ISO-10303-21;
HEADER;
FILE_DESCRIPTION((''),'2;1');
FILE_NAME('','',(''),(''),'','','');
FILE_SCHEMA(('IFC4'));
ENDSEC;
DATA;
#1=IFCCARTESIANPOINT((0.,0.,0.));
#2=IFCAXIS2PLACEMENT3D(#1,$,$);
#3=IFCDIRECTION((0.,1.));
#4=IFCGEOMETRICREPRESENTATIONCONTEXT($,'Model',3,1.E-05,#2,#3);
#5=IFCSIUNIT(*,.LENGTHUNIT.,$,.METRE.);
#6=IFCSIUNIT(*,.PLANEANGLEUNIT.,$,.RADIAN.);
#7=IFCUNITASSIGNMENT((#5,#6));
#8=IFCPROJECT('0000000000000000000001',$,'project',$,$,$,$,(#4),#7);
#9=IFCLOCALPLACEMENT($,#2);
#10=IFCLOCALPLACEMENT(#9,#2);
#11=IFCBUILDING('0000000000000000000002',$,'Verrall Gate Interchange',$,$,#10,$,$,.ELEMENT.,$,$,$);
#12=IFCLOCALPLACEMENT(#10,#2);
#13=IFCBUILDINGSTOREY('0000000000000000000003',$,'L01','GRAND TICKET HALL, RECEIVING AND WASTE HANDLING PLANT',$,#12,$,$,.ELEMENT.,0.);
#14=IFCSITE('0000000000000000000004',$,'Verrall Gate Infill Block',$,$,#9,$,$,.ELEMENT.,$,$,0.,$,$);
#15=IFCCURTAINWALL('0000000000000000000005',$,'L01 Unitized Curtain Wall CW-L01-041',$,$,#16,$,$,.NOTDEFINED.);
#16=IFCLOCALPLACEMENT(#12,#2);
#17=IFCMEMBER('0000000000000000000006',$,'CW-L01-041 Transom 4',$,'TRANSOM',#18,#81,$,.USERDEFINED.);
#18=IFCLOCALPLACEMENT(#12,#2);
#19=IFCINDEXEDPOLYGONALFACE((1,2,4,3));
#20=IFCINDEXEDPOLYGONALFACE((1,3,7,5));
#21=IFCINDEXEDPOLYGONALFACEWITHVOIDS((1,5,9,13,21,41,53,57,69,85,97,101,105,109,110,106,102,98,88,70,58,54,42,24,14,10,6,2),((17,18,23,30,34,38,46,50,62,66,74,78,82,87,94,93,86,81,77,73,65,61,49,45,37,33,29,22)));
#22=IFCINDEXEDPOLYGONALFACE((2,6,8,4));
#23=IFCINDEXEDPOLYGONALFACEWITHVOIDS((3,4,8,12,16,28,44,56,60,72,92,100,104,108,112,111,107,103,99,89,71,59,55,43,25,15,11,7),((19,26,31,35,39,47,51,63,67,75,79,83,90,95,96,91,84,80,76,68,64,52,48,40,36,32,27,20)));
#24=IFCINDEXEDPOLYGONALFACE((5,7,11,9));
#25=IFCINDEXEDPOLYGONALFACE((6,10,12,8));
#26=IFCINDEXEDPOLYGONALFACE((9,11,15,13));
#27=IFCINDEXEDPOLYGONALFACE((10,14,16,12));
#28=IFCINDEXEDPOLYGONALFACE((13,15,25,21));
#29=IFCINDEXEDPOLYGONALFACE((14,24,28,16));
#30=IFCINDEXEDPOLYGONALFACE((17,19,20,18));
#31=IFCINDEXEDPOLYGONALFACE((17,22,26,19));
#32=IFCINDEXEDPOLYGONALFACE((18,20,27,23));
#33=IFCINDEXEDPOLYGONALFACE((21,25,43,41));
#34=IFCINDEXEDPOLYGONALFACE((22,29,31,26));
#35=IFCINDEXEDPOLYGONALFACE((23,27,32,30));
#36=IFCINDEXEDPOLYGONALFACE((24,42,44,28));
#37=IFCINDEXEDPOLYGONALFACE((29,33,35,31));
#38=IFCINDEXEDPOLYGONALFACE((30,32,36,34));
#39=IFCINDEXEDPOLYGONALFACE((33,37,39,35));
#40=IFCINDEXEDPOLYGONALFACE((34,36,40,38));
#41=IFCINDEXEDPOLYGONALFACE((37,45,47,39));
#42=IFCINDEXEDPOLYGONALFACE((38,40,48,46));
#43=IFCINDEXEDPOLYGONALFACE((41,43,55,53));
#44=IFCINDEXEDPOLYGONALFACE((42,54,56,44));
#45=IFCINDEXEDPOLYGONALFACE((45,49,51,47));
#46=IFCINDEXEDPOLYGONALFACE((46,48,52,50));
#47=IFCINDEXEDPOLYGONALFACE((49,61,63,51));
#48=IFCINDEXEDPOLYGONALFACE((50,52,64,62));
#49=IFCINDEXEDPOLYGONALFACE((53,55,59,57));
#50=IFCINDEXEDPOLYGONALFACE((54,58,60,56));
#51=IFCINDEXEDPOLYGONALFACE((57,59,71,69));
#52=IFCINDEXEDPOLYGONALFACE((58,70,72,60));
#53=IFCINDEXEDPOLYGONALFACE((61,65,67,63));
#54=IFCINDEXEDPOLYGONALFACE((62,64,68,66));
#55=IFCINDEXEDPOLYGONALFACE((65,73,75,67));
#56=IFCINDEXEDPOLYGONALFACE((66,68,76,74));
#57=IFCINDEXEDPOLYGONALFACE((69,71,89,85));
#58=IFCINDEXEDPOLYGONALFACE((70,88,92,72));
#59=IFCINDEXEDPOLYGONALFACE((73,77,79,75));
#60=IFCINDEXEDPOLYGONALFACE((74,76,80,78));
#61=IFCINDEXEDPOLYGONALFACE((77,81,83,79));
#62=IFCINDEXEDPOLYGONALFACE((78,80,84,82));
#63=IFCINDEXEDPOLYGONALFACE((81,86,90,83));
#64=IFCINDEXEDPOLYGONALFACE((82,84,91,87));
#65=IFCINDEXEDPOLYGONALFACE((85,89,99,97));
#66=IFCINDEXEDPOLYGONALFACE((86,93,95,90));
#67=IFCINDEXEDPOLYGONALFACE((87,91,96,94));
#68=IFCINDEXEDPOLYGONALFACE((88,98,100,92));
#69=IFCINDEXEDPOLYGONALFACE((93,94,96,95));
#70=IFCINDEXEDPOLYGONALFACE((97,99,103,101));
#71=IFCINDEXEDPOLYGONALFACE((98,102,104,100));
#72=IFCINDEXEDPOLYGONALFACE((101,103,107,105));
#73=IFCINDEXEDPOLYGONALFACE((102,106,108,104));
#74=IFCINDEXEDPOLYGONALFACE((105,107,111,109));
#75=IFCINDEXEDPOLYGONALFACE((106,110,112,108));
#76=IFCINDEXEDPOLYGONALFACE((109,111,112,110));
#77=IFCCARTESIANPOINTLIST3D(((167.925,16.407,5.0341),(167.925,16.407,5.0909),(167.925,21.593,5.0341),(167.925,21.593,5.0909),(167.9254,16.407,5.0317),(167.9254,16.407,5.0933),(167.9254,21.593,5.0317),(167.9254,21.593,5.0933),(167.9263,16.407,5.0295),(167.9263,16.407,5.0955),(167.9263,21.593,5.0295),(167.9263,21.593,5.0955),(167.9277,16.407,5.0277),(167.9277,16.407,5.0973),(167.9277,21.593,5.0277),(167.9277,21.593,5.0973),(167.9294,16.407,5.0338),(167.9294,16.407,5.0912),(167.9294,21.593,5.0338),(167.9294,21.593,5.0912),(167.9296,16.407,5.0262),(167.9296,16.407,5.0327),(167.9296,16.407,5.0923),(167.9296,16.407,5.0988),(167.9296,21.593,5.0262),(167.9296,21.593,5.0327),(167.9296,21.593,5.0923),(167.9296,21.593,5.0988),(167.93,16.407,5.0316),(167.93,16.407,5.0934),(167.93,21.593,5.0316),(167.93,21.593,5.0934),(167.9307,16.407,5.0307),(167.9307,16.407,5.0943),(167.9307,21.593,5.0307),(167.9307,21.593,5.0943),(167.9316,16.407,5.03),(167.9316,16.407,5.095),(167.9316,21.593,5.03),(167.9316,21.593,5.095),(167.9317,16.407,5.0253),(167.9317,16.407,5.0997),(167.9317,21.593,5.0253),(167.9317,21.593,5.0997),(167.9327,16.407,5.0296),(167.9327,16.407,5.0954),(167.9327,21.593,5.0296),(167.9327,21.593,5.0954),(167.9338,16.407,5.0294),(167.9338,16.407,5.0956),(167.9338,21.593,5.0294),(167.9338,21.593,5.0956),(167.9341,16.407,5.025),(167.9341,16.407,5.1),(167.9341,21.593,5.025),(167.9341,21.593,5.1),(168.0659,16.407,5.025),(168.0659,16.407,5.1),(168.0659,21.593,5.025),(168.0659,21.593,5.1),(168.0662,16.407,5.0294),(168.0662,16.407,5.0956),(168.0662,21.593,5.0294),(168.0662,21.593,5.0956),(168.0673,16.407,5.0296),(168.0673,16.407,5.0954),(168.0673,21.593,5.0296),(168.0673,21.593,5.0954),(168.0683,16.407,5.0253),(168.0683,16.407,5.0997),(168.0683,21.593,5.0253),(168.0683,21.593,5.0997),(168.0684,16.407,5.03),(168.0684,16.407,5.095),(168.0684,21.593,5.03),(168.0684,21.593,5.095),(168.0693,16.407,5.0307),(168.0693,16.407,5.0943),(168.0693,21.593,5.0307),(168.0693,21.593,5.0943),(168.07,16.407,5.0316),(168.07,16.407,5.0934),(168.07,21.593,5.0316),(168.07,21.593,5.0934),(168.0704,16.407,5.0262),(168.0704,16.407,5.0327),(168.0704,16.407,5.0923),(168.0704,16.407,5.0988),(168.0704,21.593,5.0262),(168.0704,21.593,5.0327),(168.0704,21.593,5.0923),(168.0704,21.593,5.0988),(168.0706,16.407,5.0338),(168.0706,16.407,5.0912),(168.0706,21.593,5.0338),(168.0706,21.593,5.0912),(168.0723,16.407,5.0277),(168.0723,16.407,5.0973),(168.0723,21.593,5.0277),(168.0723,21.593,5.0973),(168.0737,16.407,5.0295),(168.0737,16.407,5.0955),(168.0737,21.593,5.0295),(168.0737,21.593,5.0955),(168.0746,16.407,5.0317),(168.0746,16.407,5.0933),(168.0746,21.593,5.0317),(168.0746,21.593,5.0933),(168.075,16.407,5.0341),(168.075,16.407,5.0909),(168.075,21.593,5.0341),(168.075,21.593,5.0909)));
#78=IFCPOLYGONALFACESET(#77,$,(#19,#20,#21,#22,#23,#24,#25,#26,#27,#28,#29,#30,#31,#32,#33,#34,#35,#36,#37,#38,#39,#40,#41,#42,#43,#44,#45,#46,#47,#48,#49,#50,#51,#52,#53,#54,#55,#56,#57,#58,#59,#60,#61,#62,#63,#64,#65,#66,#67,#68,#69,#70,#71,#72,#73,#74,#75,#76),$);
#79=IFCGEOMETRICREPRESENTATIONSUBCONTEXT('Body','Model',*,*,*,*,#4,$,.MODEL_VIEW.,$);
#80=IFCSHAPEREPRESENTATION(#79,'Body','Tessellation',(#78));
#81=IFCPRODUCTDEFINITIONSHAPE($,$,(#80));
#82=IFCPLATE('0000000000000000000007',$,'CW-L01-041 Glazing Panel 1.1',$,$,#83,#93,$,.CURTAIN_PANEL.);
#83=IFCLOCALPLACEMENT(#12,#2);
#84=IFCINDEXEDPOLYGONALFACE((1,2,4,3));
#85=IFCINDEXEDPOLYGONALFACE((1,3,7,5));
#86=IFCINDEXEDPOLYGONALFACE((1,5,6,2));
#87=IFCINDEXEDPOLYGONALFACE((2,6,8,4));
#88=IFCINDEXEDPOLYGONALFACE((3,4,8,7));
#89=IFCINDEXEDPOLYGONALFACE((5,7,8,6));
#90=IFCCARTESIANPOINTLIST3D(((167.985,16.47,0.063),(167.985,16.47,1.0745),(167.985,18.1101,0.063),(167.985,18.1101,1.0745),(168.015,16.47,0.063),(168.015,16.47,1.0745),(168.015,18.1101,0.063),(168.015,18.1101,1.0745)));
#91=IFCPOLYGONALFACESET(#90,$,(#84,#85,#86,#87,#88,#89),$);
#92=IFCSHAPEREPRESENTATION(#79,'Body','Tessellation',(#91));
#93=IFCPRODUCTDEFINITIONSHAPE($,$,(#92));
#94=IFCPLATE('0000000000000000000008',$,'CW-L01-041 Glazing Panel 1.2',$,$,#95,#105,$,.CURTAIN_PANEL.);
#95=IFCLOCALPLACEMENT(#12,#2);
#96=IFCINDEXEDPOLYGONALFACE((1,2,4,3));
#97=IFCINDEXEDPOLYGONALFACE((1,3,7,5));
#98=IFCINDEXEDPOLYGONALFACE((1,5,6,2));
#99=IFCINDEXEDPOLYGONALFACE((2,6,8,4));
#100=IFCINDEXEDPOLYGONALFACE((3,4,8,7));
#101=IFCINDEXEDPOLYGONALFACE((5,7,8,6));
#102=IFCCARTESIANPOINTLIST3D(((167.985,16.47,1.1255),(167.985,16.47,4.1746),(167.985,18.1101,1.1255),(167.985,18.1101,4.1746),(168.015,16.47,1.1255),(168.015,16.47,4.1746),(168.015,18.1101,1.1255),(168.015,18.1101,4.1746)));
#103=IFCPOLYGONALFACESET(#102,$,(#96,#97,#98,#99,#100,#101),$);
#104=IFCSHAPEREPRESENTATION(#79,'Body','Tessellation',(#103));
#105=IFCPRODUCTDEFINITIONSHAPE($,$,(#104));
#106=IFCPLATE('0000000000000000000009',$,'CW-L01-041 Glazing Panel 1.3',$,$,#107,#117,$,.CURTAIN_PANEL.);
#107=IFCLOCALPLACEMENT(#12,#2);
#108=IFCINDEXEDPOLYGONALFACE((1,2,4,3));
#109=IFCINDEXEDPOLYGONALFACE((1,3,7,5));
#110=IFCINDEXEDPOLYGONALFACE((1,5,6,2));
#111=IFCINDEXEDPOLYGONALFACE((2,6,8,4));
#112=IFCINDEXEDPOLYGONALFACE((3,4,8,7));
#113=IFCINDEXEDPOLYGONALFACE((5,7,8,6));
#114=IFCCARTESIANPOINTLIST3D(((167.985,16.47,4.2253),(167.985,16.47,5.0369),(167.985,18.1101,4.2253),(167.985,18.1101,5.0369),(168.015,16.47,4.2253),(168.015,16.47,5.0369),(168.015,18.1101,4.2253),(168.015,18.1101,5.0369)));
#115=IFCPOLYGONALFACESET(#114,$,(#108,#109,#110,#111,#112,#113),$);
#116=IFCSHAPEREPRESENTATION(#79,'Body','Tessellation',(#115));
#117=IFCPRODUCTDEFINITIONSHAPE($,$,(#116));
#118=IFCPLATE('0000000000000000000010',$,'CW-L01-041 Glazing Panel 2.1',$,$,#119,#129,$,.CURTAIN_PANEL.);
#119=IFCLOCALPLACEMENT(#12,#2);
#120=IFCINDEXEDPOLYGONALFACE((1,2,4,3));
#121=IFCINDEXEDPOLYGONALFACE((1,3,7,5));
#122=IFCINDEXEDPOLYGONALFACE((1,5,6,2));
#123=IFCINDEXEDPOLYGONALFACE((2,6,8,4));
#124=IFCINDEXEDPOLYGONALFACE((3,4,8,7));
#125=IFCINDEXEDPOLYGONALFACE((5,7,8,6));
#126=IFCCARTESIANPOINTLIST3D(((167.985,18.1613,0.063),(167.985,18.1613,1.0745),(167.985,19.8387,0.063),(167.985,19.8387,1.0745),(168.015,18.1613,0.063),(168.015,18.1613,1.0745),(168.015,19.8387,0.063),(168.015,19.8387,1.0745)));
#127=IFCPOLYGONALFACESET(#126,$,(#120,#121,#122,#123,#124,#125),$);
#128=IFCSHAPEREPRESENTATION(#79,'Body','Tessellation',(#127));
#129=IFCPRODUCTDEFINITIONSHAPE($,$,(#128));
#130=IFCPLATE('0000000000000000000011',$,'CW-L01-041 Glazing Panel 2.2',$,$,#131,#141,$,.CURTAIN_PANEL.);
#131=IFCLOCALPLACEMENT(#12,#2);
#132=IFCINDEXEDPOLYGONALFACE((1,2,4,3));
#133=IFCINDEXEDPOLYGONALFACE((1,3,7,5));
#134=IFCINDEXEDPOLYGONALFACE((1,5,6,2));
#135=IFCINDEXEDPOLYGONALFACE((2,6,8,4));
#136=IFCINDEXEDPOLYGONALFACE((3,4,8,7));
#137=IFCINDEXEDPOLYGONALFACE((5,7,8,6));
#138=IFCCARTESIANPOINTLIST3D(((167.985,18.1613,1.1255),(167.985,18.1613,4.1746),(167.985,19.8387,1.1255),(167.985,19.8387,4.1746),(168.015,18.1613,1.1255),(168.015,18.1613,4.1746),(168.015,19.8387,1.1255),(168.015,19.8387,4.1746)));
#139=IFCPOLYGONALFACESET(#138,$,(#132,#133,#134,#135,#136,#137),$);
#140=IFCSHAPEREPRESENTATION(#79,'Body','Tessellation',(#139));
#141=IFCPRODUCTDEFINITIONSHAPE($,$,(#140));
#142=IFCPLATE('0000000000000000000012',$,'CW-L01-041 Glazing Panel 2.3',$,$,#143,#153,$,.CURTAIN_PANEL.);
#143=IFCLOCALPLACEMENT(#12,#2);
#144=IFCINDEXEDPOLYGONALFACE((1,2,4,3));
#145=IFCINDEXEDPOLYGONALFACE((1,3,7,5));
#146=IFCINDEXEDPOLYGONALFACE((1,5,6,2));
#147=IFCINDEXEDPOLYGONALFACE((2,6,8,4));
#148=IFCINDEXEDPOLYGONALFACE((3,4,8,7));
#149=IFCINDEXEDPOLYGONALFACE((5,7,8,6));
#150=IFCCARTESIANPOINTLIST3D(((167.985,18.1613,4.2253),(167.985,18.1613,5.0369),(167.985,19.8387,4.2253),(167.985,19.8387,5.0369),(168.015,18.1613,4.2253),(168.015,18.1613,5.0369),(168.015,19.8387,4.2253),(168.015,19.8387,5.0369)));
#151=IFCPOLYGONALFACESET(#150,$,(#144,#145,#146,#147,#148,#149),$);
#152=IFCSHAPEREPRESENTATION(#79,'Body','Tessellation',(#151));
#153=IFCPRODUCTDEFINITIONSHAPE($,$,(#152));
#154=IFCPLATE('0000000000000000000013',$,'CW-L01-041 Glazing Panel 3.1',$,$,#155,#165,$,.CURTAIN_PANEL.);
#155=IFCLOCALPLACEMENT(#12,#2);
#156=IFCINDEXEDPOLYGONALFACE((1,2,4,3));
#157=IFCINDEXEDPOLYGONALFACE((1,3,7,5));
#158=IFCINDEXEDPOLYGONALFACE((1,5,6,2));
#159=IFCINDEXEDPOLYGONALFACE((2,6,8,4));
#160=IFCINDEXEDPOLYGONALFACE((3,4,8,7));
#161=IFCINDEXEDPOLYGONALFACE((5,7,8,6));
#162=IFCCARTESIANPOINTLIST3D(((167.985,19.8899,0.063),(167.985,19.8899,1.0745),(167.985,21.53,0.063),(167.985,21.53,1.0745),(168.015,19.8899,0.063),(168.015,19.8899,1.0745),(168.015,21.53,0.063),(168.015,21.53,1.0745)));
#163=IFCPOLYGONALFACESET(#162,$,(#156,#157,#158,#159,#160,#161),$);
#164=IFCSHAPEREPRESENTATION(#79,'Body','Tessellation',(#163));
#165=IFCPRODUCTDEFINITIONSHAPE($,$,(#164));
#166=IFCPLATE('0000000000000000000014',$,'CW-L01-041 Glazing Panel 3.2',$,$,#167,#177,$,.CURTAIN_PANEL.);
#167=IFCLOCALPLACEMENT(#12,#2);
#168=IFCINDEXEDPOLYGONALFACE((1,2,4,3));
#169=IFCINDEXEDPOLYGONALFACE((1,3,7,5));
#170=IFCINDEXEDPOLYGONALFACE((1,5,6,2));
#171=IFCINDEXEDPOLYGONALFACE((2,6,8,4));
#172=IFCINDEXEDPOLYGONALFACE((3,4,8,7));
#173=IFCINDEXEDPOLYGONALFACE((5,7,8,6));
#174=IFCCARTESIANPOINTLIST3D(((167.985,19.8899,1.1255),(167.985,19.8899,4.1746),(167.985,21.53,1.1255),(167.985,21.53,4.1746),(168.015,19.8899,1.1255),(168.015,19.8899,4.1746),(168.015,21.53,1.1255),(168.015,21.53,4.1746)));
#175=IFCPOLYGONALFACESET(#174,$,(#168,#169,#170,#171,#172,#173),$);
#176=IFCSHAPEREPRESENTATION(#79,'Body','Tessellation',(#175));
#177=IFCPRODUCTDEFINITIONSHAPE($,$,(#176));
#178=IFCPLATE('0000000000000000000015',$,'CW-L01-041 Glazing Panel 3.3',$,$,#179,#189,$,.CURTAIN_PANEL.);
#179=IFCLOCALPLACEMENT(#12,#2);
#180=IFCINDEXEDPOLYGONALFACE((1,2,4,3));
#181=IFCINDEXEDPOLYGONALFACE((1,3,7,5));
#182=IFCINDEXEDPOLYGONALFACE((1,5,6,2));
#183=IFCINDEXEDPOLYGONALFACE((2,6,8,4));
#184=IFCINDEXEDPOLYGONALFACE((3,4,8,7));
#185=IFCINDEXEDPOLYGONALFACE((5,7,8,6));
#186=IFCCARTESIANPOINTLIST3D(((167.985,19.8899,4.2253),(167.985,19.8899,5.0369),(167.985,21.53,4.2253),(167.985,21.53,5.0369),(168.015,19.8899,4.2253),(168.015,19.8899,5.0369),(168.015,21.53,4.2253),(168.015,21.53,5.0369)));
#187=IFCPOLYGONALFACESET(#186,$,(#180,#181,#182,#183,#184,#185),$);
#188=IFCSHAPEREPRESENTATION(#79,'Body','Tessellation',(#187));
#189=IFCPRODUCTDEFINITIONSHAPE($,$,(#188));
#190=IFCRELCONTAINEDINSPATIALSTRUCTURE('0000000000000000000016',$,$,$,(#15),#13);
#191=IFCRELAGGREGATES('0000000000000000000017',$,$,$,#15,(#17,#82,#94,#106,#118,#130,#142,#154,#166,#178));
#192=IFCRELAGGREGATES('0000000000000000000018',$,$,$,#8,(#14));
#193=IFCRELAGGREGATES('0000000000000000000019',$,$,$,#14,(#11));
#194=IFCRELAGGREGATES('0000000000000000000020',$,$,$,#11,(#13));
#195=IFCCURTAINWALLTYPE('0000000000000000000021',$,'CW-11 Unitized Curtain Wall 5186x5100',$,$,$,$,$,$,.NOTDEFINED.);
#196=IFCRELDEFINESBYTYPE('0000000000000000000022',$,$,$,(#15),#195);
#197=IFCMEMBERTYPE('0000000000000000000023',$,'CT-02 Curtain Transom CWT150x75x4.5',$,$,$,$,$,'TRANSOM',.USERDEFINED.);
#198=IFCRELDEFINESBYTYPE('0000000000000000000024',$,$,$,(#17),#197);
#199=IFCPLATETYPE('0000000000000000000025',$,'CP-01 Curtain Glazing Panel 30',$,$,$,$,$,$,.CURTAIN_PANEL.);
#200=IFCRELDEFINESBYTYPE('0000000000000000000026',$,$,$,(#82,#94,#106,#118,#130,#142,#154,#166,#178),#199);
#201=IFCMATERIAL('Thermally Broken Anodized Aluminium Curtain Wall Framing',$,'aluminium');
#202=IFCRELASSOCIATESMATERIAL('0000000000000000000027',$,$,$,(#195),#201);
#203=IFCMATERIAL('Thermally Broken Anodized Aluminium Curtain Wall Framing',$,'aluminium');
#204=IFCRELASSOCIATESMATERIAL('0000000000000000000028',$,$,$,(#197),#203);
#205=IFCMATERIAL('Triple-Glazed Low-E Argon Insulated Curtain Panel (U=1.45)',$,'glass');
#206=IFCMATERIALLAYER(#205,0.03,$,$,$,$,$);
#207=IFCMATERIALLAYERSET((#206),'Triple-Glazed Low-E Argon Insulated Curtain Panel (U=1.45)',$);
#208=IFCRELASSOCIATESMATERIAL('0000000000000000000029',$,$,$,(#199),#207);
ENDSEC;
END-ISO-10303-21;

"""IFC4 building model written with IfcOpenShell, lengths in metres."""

from ifc_helpers import new_model, si_unit, direction, frame, origin, origin_2d, place, context, subcontext, project, spatial, rectangle, hollow_rectangle, extrude, material, layer, layer_set, material_profile, profile_set, type_object, element, aggregate, save


model = new_model("IFC4")

# Units and contexts
model_context = context("Model", 3, precision=1e-05, world=origin(), true_north=direction((0.0, 1.0)))
body_context = subcontext(model_context, "Body", "Model", "MODEL_VIEW")
ifc_project = project(units=[si_unit("LENGTHUNIT", "METRE"), si_unit("PLANEANGLEUNIT", "RADIAN")], contexts=[model_context])

# Site, building, storey
site_placement = place(None, origin())
site = spatial("IfcSite", under=ifc_project, at=site_placement, Name="Verrall Gate Infill Block", CompositionType="ELEMENT", RefElevation=0.0)
building_placement = place(site_placement, origin())
building = spatial("IfcBuilding", under=site, at=building_placement, Name="Verrall Gate Interchange", CompositionType="ELEMENT")
storey_placement = place(building_placement, origin())
storey = spatial("IfcBuildingStorey", under=building, at=storey_placement, Name="L01", Description="GRAND TICKET HALL, RECEIVING AND WASTE HANDLING PLANT", CompositionType="ELEMENT", Elevation=0.0)

# Curtain wall, member, plates
ifc_material_1 = material(Name="Thermally Broken Anodized Aluminium Curtain Wall Framing", Category="aluminium")
curtain_wall_type = type_object("IfcCurtainWallType", Name="CW-11 Unitized Curtain Wall 5186x5100", PredefinedType="NOTDEFINED", material=ifc_material_1)
curtain_wall_placement = place(storey_placement, origin())
curtain_wall = element("IfcCurtainWall", 1, at=curtain_wall_placement, inside=storey, type_object=curtain_wall_type, Name="L01 Unitized Curtain Wall CW-L01-041", PredefinedType="NOTDEFINED")
ifc_material_2 = material(Name="Thermally Broken Anodized Aluminium Curtain Wall Framing", Category="aluminium")
ifc_material_profile_1 = material_profile(ifc_material_2, hollow_rectangle(XDim=0.1499, YDim=0.075, WallThickness=0.0044, InnerFilletRadius=0.0044, OuterFilletRadius=0.009, at=origin_2d()), Name="CWT150x75x4.5")
ifc_profile_set_1 = profile_set([ifc_material_profile_1], Name="Thermally Broken Anodized Aluminium Curtain Wall Framing")
member_type_1 = type_object("IfcMemberType", Name="CT-02 Curtain Transom CWT150x75x4.5", ElementType="TRANSOM", PredefinedType="USERDEFINED", material=ifc_profile_set_1)
member_1_placement = place(storey_placement, frame((168.0, 16.407, 5.0625), z_axis=(0.0, 1.0, 0.0), x_axis=(-1.0, 0.0, 0.0)))
member_1 = element("IfcMember", 2, at=member_1_placement, type_object=member_type_1, Name="CW-L01-041 Transom 4", ObjectType="TRANSOM", PredefinedType="USERDEFINED", context=body_context, shape_type="SweptSolid", body=[
    extrude(hollow_rectangle(XDim=0.1499, YDim=0.075, WallThickness=0.0044, InnerFilletRadius=0.0044, OuterFilletRadius=0.009, at=origin_2d()), origin(), (0.0, 0.0, 1.0), 5.186),
])
ifc_material_3 = material(Name="Triple-Glazed Low-E Argon Insulated Curtain Panel (U=1.45)", Category="glass")
ifc_layer_1 = layer(ifc_material_3, 0.03)
ifc_layer_set_1 = layer_set([ifc_layer_1], Name="Triple-Glazed Low-E Argon Insulated Curtain Panel (U=1.45)")
plate_type = type_object("IfcPlateType", Name="CP-01 Curtain Glazing Panel 30", PredefinedType="CURTAIN_PANEL", material=ifc_layer_set_1)
plate_1_placement = place(storey_placement, frame((168.0, 17.29, 0.063), z_axis=(0.0, 0.0, 1.0), x_axis=(0.0, 1.0, 0.0)))
plate_1 = element("IfcPlate", 3, at=plate_1_placement, type_object=plate_type, Name="CW-L01-041 Glazing Panel 1.1", PredefinedType="CURTAIN_PANEL", context=body_context, shape_type="SweptSolid", body=[
    extrude(rectangle(XDim=1.6401, YDim=0.03, at=origin_2d()), origin(), (0.0, 0.0, 1.0), 1.0115),
])
plate_2_placement = place(storey_placement, frame((168.0, 17.29, 1.1255), z_axis=(0.0, 0.0, 1.0), x_axis=(0.0, 1.0, 0.0)))
plate_2 = element("IfcPlate", 4, at=plate_2_placement, type_object=plate_type, Name="CW-L01-041 Glazing Panel 1.2", PredefinedType="CURTAIN_PANEL", context=body_context, shape_type="SweptSolid", body=[
    extrude(rectangle(XDim=1.6401, YDim=0.03, at=origin_2d()), origin(), (0.0, 0.0, 1.0), 3.0491),
])
plate_3_placement = place(storey_placement, frame((168.0, 17.29, 4.2253), z_axis=(0.0, 0.0, 1.0), x_axis=(0.0, 1.0, 0.0)))
plate_3 = element("IfcPlate", 5, at=plate_3_placement, type_object=plate_type, Name="CW-L01-041 Glazing Panel 1.3", PredefinedType="CURTAIN_PANEL", context=body_context, shape_type="SweptSolid", body=[
    extrude(rectangle(XDim=1.6401, YDim=0.03, at=origin_2d()), origin(), (0.0, 0.0, 1.0), 0.8115),
])
plate_4_placement = place(storey_placement, frame((168.0, 19.0, 0.063), z_axis=(0.0, 0.0, 1.0), x_axis=(0.0, 1.0, 0.0)))
plate_4 = element("IfcPlate", 6, at=plate_4_placement, type_object=plate_type, Name="CW-L01-041 Glazing Panel 2.1", PredefinedType="CURTAIN_PANEL", context=body_context, shape_type="SweptSolid", body=[
    extrude(rectangle(XDim=1.6775, YDim=0.03, at=origin_2d()), origin(), (0.0, 0.0, 1.0), 1.0115),
])
plate_5_placement = place(storey_placement, frame((168.0, 19.0, 1.1255), z_axis=(0.0, 0.0, 1.0), x_axis=(0.0, 1.0, 0.0)))
plate_5 = element("IfcPlate", 7, at=plate_5_placement, type_object=plate_type, Name="CW-L01-041 Glazing Panel 2.2", PredefinedType="CURTAIN_PANEL", context=body_context, shape_type="SweptSolid", body=[
    extrude(rectangle(XDim=1.6775, YDim=0.03, at=origin_2d()), origin(), (0.0, 0.0, 1.0), 3.0491),
])
plate_6_placement = place(storey_placement, frame((168.0, 19.0, 4.2253), z_axis=(0.0, 0.0, 1.0), x_axis=(0.0, 1.0, 0.0)))
plate_6 = element("IfcPlate", 8, at=plate_6_placement, type_object=plate_type, Name="CW-L01-041 Glazing Panel 2.3", PredefinedType="CURTAIN_PANEL", context=body_context, shape_type="SweptSolid", body=[
    extrude(rectangle(XDim=1.6775, YDim=0.03, at=origin_2d()), origin(), (0.0, 0.0, 1.0), 0.8115),
])
plate_7_placement = place(storey_placement, frame((168.0, 20.71, 0.063), z_axis=(0.0, 0.0, 1.0), x_axis=(0.0, 1.0, 0.0)))
plate_7 = element("IfcPlate", 9, at=plate_7_placement, type_object=plate_type, Name="CW-L01-041 Glazing Panel 3.1", PredefinedType="CURTAIN_PANEL", context=body_context, shape_type="SweptSolid", body=[
    extrude(rectangle(XDim=1.6401, YDim=0.03, at=origin_2d()), origin(), (0.0, 0.0, 1.0), 1.0115),
])
plate_8_placement = place(storey_placement, frame((168.0, 20.71, 1.1255), z_axis=(0.0, 0.0, 1.0), x_axis=(0.0, 1.0, 0.0)))
plate_8 = element("IfcPlate", 10, at=plate_8_placement, type_object=plate_type, Name="CW-L01-041 Glazing Panel 3.2", PredefinedType="CURTAIN_PANEL", context=body_context, shape_type="SweptSolid", body=[
    extrude(rectangle(XDim=1.6401, YDim=0.03, at=origin_2d()), origin(), (0.0, 0.0, 1.0), 3.0491),
])
plate_9_placement = place(storey_placement, frame((168.0, 20.71, 4.2253), z_axis=(0.0, 0.0, 1.0), x_axis=(0.0, 1.0, 0.0)))
plate_9 = element("IfcPlate", 11, at=plate_9_placement, type_object=plate_type, Name="CW-L01-041 Glazing Panel 3.3", PredefinedType="CURTAIN_PANEL", context=body_context, shape_type="SweptSolid", body=[
    extrude(rectangle(XDim=1.6401, YDim=0.03, at=origin_2d()), origin(), (0.0, 0.0, 1.0), 0.8115),
])
aggregate(curtain_wall, [member_1, plate_1, plate_2, plate_3, plate_4, plate_5, plate_6, plate_7, plate_8, plate_9])

save(model, "model.ifc")
